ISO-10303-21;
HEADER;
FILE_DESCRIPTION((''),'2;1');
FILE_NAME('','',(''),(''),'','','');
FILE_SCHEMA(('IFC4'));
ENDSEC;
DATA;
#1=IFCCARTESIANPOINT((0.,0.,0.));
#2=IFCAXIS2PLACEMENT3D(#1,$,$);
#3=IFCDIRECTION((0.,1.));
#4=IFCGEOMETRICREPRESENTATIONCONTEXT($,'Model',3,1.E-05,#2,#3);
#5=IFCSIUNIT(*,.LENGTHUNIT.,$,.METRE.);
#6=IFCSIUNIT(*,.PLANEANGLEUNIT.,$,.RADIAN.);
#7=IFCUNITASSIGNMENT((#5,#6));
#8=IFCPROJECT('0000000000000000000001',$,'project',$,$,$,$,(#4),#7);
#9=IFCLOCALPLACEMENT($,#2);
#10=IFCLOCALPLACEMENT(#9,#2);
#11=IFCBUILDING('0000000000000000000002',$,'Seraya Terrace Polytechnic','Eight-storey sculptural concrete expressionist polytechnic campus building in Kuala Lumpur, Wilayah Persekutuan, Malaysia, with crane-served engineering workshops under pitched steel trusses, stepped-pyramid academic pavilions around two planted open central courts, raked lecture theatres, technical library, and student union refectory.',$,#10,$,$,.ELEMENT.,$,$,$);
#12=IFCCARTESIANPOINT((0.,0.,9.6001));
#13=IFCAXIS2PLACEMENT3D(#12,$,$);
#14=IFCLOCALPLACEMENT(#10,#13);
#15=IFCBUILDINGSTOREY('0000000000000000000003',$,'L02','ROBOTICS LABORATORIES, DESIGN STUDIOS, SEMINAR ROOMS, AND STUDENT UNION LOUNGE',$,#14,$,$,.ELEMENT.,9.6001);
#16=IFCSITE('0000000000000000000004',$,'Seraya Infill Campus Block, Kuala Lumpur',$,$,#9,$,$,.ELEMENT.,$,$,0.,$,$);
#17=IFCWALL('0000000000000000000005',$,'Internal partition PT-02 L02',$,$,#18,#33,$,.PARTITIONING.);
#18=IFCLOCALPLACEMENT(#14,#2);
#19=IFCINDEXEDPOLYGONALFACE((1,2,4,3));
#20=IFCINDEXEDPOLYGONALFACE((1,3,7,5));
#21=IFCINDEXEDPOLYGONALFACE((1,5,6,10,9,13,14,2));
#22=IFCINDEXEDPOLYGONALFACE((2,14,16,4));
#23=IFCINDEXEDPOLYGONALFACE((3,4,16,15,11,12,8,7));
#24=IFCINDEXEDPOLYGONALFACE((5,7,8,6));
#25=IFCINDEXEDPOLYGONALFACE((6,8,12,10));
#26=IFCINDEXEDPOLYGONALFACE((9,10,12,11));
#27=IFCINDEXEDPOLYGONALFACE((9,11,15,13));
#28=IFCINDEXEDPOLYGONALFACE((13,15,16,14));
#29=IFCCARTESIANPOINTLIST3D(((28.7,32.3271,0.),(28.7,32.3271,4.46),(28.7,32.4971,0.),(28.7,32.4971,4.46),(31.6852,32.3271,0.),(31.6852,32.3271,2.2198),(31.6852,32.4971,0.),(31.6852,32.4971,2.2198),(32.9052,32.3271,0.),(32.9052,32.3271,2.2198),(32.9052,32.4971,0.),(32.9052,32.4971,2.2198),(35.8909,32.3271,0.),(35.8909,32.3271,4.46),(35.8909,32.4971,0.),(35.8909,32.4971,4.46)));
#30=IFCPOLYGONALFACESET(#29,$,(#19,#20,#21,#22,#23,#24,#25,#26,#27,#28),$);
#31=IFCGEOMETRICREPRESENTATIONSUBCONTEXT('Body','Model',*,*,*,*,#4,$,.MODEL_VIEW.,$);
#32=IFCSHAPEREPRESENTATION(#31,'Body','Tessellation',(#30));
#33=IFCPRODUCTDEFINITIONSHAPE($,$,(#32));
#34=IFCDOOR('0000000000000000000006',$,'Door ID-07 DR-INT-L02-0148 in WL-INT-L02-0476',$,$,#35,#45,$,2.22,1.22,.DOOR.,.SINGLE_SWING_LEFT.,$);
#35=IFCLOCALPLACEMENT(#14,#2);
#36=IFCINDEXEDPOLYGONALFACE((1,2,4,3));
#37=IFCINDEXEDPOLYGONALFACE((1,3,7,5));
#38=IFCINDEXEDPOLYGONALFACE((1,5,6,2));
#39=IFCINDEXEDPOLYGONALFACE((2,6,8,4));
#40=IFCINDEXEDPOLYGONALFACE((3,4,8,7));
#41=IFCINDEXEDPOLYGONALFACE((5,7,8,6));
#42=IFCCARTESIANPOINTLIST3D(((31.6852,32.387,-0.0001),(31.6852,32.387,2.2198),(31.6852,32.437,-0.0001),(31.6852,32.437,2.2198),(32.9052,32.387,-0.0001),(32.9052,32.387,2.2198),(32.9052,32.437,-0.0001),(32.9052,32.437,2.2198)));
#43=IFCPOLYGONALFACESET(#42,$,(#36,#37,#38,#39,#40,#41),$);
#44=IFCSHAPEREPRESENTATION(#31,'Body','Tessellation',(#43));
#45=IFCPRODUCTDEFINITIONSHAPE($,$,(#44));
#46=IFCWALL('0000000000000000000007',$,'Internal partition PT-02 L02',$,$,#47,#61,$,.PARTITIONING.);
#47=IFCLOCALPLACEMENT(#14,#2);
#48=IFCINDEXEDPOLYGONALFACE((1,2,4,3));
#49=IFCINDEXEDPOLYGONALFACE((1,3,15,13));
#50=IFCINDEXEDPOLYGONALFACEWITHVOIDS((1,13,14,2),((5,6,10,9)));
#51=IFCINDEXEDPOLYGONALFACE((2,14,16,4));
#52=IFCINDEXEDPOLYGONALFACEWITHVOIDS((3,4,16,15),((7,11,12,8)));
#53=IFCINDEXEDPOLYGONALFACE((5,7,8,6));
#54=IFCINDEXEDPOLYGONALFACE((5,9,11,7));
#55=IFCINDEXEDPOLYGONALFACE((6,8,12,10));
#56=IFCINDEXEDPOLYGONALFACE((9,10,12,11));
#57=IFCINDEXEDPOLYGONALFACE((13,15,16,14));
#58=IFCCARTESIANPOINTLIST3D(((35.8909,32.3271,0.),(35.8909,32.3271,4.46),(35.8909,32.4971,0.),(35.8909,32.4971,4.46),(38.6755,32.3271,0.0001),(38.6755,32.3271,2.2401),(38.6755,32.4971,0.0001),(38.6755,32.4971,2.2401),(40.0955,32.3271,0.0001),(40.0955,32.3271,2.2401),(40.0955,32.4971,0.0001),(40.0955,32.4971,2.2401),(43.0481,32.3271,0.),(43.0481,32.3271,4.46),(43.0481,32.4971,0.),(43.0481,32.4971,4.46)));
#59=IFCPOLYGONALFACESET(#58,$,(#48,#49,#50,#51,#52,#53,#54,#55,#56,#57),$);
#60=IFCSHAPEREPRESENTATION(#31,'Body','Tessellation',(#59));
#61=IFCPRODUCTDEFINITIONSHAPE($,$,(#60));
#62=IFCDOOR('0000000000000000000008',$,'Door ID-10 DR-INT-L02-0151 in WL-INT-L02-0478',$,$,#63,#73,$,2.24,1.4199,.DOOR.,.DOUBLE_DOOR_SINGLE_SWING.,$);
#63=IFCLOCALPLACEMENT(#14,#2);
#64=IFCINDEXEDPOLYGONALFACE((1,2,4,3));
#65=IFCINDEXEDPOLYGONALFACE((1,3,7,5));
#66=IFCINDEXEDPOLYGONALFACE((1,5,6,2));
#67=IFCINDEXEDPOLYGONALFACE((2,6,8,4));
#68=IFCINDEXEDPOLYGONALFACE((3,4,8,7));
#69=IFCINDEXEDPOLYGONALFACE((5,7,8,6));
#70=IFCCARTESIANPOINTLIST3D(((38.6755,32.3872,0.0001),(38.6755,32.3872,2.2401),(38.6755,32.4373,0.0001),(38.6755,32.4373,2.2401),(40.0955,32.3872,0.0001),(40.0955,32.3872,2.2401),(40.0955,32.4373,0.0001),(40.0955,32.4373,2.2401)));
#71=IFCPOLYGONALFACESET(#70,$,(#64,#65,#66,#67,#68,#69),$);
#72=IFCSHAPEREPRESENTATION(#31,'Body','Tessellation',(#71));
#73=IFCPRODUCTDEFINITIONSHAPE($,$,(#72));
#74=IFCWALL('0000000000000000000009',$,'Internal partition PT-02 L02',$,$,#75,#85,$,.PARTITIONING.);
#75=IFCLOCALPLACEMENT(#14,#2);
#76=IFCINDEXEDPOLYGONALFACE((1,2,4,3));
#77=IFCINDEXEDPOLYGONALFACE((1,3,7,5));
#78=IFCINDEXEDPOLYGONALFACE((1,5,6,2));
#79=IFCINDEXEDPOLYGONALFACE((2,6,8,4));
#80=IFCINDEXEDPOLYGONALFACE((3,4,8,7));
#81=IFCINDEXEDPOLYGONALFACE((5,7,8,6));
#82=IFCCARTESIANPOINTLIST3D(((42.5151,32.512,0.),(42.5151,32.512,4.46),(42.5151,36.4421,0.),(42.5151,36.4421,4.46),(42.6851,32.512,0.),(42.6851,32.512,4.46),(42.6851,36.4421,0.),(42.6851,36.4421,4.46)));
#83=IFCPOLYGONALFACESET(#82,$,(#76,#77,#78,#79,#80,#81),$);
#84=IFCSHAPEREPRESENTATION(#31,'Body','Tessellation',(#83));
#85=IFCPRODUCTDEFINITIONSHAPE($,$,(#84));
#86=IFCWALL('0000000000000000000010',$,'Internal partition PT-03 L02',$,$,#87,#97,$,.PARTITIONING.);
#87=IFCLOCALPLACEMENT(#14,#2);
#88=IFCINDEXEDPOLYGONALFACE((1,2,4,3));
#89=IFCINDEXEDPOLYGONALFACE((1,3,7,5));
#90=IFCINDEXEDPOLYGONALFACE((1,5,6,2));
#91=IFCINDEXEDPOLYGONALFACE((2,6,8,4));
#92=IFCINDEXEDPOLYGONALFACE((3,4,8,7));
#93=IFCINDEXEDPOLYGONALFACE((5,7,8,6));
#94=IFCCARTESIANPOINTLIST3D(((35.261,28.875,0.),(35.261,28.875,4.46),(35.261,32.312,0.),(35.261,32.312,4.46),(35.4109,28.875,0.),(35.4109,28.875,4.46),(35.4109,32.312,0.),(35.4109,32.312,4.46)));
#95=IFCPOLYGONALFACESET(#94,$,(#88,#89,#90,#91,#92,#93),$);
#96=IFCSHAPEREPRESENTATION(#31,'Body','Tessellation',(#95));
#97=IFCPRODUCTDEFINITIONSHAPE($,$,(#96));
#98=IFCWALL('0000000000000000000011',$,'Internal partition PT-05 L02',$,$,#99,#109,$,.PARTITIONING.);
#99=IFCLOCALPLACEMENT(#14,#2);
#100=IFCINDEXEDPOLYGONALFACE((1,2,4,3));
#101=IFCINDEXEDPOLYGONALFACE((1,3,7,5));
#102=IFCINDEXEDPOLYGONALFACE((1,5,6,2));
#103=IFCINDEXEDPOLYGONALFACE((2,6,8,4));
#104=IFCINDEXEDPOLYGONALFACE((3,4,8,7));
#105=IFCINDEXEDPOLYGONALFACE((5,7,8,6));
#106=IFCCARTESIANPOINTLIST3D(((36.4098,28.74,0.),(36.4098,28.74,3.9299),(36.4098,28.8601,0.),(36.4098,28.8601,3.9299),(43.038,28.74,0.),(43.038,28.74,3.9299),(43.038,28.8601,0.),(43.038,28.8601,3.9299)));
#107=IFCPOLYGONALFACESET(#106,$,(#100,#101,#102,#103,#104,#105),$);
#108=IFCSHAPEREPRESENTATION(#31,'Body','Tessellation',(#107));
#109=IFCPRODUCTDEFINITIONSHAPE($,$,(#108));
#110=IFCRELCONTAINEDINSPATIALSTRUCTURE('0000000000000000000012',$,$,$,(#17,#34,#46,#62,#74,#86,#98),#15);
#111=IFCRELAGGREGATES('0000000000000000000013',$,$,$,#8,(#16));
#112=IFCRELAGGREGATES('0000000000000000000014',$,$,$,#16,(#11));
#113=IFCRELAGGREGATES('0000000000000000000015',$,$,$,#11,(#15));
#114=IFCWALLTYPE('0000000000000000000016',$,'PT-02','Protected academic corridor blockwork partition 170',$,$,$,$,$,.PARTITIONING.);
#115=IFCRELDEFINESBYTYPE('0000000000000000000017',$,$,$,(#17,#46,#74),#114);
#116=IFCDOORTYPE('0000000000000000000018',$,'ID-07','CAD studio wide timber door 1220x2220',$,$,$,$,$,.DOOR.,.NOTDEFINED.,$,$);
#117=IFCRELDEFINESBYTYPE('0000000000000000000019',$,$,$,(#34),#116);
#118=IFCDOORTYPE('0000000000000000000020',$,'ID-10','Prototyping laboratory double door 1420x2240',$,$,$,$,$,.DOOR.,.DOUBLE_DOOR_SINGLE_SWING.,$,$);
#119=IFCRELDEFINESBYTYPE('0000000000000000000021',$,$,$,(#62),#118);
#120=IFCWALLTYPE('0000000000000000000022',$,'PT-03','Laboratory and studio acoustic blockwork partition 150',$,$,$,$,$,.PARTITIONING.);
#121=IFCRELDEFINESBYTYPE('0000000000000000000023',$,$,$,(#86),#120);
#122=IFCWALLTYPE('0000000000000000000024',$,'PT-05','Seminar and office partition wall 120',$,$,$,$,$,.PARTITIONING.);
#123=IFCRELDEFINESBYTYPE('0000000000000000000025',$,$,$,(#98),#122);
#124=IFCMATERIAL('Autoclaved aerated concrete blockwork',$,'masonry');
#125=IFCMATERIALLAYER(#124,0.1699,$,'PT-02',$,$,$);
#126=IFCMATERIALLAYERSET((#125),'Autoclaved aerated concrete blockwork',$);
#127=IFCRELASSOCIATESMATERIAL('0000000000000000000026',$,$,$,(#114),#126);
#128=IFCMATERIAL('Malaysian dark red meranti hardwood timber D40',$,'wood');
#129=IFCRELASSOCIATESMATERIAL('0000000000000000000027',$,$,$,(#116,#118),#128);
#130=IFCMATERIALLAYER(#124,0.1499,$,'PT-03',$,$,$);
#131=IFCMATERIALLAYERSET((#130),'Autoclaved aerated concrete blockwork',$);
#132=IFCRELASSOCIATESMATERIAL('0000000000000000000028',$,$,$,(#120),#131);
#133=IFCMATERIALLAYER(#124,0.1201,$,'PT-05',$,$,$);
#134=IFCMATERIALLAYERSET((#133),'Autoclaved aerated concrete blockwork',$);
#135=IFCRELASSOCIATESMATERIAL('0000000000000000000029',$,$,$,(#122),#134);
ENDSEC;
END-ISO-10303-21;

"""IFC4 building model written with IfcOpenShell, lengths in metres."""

from ifc_helpers import new_model, si_unit, direction, frame, frame_2d, origin, place, context, subcontext, project, spatial, rectangle, extrude, material, layer, layer_set, type_object, element, fill, save


model = new_model("IFC4")

# Units and contexts
model_context = context("Model", 3, precision=1e-05, world=origin(), true_north=direction((0.0, 1.0)))
body_context = subcontext(model_context, "Body", "Model", "MODEL_VIEW")
ifc_project = project(units=[si_unit("LENGTHUNIT", "METRE"), si_unit("PLANEANGLEUNIT", "RADIAN")], contexts=[model_context])

# Site, building, storey
site_placement = place(None, origin())
site = spatial("IfcSite", under=ifc_project, at=site_placement, Name="Seraya Infill Campus Block, Kuala Lumpur", CompositionType="ELEMENT", RefElevation=0.0)
building_placement = place(site_placement, origin())
building = spatial("IfcBuilding", under=site, at=building_placement, Name="Seraya Terrace Polytechnic", Description="Eight-storey sculptural concrete expressionist polytechnic campus building in Kuala Lumpur, Wilayah Persekutuan, Malaysia, with crane-served engineering workshops under pitched steel trusses, stepped-pyramid academic pavilions around two planted open central courts, raked lecture theatres, technical library, and student union refectory.", CompositionType="ELEMENT")
storey_placement = place(building_placement, frame((0.0, 0.0, 9.6001)))
storey = spatial("IfcBuildingStorey", under=building, at=storey_placement, Name="L02", Description="ROBOTICS LABORATORIES, DESIGN STUDIOS, SEMINAR ROOMS, AND STUDENT UNION LOUNGE", CompositionType="ELEMENT", Elevation=9.6001)

# Shared definitions
ifc_material_1 = material(Name="Autoclaved aerated concrete blockwork", Category="masonry")
ifc_layer_1 = layer(ifc_material_1, 0.1699, Name="PT-02")
ifc_layer_set_1 = layer_set([ifc_layer_1], Name="Autoclaved aerated concrete blockwork")
wall_type_1 = type_object("IfcWallType", Name="PT-02", Description="Protected academic corridor blockwork partition 170", PredefinedType="PARTITIONING", material=ifc_layer_set_1)

# Walls, openings, doors
ifc_material_2 = material(Name="Malaysian dark red meranti hardwood timber D40", Category="wood")
wall_1_placement = place(storey_placement, frame((28.7, 32.4121, 0.0), z_axis=(0.0, 0.0, 1.0), x_axis=(1.0, 0.0, 0.0)))
wall_1 = element("IfcWall", 1, at=wall_1_placement, inside=storey, type_object=wall_type_1, Name="Internal partition PT-02 L02", PredefinedType="PARTITIONING", context=body_context, shape_type="SweptSolid", body=[
    extrude(rectangle(XDim=7.1909, YDim=0.1699, at=frame_2d((3.5955, 0.0))), origin(), (0.0, 0.0, 1.0), 4.46),
])
opening_1_placement = place(wall_1_placement, frame((2.9854, 0.0, 0.0)))
opening_1 = element("IfcOpeningElement", 2, at=opening_1_placement, cuts=wall_1, PredefinedType="OPENING", context=body_context, shape_type="SweptSolid", body=[
    extrude(rectangle(XDim=1.22, YDim=2.22, at=frame_2d((0.6099, 1.1099))), frame((0.0, 0.0969, 0.0), z_axis=(0.0, -1.0, 0.0), x_axis=(1.0, 0.0, 0.0)), (0.0, 0.0, 1.0), 0.1938),
])
door_type_1 = type_object("IfcDoorType", Name="ID-07", Description="CAD studio wide timber door 1220x2220", OperationType="NOTDEFINED", PredefinedType="DOOR", material=ifc_material_2)
door_1_placement = place(opening_1_placement, origin())
door_1 = element("IfcDoor", 3, at=door_1_placement, inside=storey, type_object=door_type_1, Name="Door ID-07 DR-INT-L02-0148 in WL-INT-L02-0476", OperationType="SINGLE_SWING_LEFT", OverallHeight=2.22, OverallWidth=1.22, PredefinedType="DOOR", context=body_context, shape_type="SweptSolid", body=[
    extrude(rectangle(XDim=1.22, YDim=2.22, at=frame_2d((0.6099, 1.1099))), frame((0.0, 0.0249, 0.0), z_axis=(0.0, -1.0, 0.0), x_axis=(1.0, 0.0, 0.0)), (0.0, 0.0, 1.0), 0.05),
])
fill(opening_1, door_1)
wall_2_placement = place(storey_placement, frame((35.8909, 32.4121, 0.0), z_axis=(0.0, 0.0, 1.0), x_axis=(1.0, 0.0, 0.0)))
wall_2 = element("IfcWall", 4, at=wall_2_placement, inside=storey, type_object=wall_type_1, Name="Internal partition PT-02 L02", PredefinedType="PARTITIONING", context=body_context, shape_type="SweptSolid", body=[
    extrude(rectangle(XDim=7.1572, YDim=0.1699, at=frame_2d((3.5786, 0.0))), origin(), (0.0, 0.0, 1.0), 4.46),
])
opening_2_placement = place(wall_2_placement, frame((2.7847, 0.0, 0.0)))
opening_2 = element("IfcOpeningElement", 5, at=opening_2_placement, cuts=wall_2, PredefinedType="OPENING", context=body_context, shape_type="SweptSolid", body=[
    extrude(rectangle(XDim=1.4199, YDim=2.24, at=frame_2d((0.71, 1.1201))), frame((0.0, 0.0969, 0.0), z_axis=(0.0, -1.0, 0.0), x_axis=(1.0, 0.0, 0.0)), (0.0, 0.0, 1.0), 0.1938),
])
door_type_2 = type_object("IfcDoorType", Name="ID-10", Description="Prototyping laboratory double door 1420x2240", OperationType="DOUBLE_DOOR_SINGLE_SWING", PredefinedType="DOOR", material=ifc_material_2)
door_2_placement = place(opening_2_placement, frame((1.4199, 0.0, 0.0), z_axis=(0.0, 0.0, 1.0), x_axis=(-1.0, 0.0, 0.0)))
door_2 = element("IfcDoor", 6, at=door_2_placement, inside=storey, type_object=door_type_2, Name="Door ID-10 DR-INT-L02-0151 in WL-INT-L02-0478", OperationType="DOUBLE_DOOR_SINGLE_SWING", OverallHeight=2.24, OverallWidth=1.4199, PredefinedType="DOOR", context=body_context, shape_type="SweptSolid", body=[
    extrude(rectangle(XDim=1.4199, YDim=2.24, at=frame_2d((0.71, 1.1201))), frame((0.0, 0.0249, 0.0), z_axis=(0.0, -1.0, 0.0), x_axis=(1.0, 0.0, 0.0)), (0.0, 0.0, 1.0), 0.05),
])
fill(opening_2, door_2)

# Walls
wall_3_placement = place(storey_placement, frame((42.6001, 32.512, 0.0), z_axis=(0.0, 0.0, 1.0), x_axis=(0.0, 1.0, 0.0)))
element("IfcWall", 7, at=wall_3_placement, inside=storey, type_object=wall_type_1, Name="Internal partition PT-02 L02", PredefinedType="PARTITIONING", context=body_context, shape_type="SweptSolid", body=[
    extrude(rectangle(XDim=3.9302, YDim=0.1699, at=frame_2d((1.9651, 0.0))), origin(), (0.0, 0.0, 1.0), 4.46),
])
ifc_layer_2 = layer(ifc_material_1, 0.1499, Name="PT-03")
ifc_layer_set_2 = layer_set([ifc_layer_2], Name="Autoclaved aerated concrete blockwork")
wall_type_2 = type_object("IfcWallType", Name="PT-03", Description="Laboratory and studio acoustic blockwork partition 150", PredefinedType="PARTITIONING", material=ifc_layer_set_2)
wall_4_placement = place(storey_placement, frame((35.3359, 28.875, 0.0), z_axis=(0.0, 0.0, 1.0), x_axis=(0.0, 1.0, 0.0)))
element("IfcWall", 8, at=wall_4_placement, inside=storey, type_object=wall_type_2, Name="Internal partition PT-03 L02", PredefinedType="PARTITIONING", context=body_context, shape_type="SweptSolid", body=[
    extrude(rectangle(XDim=3.437, YDim=0.1499, at=frame_2d((1.7185, 0.0))), origin(), (0.0, 0.0, 1.0), 4.46),
])
ifc_layer_3 = layer(ifc_material_1, 0.1201, Name="PT-05")
ifc_layer_set_3 = layer_set([ifc_layer_3], Name="Autoclaved aerated concrete blockwork")
wall_type_3 = type_object("IfcWallType", Name="PT-05", Description="Seminar and office partition wall 120", PredefinedType="PARTITIONING", material=ifc_layer_set_3)
wall_5_placement = place(storey_placement, frame((36.4099, 28.8, 0.0), z_axis=(0.0, 0.0, 1.0), x_axis=(1.0, 0.0, 0.0)))
element("IfcWall", 9, at=wall_5_placement, inside=storey, type_object=wall_type_3, Name="Internal partition PT-05 L02", PredefinedType="PARTITIONING", context=body_context, shape_type="SweptSolid", body=[
    extrude(rectangle(XDim=6.6282, YDim=0.1201, at=frame_2d((3.314, 0.0))), origin(), (0.0, 0.0, 1.0), 3.9299),
])

save(model, "model.ifc")
